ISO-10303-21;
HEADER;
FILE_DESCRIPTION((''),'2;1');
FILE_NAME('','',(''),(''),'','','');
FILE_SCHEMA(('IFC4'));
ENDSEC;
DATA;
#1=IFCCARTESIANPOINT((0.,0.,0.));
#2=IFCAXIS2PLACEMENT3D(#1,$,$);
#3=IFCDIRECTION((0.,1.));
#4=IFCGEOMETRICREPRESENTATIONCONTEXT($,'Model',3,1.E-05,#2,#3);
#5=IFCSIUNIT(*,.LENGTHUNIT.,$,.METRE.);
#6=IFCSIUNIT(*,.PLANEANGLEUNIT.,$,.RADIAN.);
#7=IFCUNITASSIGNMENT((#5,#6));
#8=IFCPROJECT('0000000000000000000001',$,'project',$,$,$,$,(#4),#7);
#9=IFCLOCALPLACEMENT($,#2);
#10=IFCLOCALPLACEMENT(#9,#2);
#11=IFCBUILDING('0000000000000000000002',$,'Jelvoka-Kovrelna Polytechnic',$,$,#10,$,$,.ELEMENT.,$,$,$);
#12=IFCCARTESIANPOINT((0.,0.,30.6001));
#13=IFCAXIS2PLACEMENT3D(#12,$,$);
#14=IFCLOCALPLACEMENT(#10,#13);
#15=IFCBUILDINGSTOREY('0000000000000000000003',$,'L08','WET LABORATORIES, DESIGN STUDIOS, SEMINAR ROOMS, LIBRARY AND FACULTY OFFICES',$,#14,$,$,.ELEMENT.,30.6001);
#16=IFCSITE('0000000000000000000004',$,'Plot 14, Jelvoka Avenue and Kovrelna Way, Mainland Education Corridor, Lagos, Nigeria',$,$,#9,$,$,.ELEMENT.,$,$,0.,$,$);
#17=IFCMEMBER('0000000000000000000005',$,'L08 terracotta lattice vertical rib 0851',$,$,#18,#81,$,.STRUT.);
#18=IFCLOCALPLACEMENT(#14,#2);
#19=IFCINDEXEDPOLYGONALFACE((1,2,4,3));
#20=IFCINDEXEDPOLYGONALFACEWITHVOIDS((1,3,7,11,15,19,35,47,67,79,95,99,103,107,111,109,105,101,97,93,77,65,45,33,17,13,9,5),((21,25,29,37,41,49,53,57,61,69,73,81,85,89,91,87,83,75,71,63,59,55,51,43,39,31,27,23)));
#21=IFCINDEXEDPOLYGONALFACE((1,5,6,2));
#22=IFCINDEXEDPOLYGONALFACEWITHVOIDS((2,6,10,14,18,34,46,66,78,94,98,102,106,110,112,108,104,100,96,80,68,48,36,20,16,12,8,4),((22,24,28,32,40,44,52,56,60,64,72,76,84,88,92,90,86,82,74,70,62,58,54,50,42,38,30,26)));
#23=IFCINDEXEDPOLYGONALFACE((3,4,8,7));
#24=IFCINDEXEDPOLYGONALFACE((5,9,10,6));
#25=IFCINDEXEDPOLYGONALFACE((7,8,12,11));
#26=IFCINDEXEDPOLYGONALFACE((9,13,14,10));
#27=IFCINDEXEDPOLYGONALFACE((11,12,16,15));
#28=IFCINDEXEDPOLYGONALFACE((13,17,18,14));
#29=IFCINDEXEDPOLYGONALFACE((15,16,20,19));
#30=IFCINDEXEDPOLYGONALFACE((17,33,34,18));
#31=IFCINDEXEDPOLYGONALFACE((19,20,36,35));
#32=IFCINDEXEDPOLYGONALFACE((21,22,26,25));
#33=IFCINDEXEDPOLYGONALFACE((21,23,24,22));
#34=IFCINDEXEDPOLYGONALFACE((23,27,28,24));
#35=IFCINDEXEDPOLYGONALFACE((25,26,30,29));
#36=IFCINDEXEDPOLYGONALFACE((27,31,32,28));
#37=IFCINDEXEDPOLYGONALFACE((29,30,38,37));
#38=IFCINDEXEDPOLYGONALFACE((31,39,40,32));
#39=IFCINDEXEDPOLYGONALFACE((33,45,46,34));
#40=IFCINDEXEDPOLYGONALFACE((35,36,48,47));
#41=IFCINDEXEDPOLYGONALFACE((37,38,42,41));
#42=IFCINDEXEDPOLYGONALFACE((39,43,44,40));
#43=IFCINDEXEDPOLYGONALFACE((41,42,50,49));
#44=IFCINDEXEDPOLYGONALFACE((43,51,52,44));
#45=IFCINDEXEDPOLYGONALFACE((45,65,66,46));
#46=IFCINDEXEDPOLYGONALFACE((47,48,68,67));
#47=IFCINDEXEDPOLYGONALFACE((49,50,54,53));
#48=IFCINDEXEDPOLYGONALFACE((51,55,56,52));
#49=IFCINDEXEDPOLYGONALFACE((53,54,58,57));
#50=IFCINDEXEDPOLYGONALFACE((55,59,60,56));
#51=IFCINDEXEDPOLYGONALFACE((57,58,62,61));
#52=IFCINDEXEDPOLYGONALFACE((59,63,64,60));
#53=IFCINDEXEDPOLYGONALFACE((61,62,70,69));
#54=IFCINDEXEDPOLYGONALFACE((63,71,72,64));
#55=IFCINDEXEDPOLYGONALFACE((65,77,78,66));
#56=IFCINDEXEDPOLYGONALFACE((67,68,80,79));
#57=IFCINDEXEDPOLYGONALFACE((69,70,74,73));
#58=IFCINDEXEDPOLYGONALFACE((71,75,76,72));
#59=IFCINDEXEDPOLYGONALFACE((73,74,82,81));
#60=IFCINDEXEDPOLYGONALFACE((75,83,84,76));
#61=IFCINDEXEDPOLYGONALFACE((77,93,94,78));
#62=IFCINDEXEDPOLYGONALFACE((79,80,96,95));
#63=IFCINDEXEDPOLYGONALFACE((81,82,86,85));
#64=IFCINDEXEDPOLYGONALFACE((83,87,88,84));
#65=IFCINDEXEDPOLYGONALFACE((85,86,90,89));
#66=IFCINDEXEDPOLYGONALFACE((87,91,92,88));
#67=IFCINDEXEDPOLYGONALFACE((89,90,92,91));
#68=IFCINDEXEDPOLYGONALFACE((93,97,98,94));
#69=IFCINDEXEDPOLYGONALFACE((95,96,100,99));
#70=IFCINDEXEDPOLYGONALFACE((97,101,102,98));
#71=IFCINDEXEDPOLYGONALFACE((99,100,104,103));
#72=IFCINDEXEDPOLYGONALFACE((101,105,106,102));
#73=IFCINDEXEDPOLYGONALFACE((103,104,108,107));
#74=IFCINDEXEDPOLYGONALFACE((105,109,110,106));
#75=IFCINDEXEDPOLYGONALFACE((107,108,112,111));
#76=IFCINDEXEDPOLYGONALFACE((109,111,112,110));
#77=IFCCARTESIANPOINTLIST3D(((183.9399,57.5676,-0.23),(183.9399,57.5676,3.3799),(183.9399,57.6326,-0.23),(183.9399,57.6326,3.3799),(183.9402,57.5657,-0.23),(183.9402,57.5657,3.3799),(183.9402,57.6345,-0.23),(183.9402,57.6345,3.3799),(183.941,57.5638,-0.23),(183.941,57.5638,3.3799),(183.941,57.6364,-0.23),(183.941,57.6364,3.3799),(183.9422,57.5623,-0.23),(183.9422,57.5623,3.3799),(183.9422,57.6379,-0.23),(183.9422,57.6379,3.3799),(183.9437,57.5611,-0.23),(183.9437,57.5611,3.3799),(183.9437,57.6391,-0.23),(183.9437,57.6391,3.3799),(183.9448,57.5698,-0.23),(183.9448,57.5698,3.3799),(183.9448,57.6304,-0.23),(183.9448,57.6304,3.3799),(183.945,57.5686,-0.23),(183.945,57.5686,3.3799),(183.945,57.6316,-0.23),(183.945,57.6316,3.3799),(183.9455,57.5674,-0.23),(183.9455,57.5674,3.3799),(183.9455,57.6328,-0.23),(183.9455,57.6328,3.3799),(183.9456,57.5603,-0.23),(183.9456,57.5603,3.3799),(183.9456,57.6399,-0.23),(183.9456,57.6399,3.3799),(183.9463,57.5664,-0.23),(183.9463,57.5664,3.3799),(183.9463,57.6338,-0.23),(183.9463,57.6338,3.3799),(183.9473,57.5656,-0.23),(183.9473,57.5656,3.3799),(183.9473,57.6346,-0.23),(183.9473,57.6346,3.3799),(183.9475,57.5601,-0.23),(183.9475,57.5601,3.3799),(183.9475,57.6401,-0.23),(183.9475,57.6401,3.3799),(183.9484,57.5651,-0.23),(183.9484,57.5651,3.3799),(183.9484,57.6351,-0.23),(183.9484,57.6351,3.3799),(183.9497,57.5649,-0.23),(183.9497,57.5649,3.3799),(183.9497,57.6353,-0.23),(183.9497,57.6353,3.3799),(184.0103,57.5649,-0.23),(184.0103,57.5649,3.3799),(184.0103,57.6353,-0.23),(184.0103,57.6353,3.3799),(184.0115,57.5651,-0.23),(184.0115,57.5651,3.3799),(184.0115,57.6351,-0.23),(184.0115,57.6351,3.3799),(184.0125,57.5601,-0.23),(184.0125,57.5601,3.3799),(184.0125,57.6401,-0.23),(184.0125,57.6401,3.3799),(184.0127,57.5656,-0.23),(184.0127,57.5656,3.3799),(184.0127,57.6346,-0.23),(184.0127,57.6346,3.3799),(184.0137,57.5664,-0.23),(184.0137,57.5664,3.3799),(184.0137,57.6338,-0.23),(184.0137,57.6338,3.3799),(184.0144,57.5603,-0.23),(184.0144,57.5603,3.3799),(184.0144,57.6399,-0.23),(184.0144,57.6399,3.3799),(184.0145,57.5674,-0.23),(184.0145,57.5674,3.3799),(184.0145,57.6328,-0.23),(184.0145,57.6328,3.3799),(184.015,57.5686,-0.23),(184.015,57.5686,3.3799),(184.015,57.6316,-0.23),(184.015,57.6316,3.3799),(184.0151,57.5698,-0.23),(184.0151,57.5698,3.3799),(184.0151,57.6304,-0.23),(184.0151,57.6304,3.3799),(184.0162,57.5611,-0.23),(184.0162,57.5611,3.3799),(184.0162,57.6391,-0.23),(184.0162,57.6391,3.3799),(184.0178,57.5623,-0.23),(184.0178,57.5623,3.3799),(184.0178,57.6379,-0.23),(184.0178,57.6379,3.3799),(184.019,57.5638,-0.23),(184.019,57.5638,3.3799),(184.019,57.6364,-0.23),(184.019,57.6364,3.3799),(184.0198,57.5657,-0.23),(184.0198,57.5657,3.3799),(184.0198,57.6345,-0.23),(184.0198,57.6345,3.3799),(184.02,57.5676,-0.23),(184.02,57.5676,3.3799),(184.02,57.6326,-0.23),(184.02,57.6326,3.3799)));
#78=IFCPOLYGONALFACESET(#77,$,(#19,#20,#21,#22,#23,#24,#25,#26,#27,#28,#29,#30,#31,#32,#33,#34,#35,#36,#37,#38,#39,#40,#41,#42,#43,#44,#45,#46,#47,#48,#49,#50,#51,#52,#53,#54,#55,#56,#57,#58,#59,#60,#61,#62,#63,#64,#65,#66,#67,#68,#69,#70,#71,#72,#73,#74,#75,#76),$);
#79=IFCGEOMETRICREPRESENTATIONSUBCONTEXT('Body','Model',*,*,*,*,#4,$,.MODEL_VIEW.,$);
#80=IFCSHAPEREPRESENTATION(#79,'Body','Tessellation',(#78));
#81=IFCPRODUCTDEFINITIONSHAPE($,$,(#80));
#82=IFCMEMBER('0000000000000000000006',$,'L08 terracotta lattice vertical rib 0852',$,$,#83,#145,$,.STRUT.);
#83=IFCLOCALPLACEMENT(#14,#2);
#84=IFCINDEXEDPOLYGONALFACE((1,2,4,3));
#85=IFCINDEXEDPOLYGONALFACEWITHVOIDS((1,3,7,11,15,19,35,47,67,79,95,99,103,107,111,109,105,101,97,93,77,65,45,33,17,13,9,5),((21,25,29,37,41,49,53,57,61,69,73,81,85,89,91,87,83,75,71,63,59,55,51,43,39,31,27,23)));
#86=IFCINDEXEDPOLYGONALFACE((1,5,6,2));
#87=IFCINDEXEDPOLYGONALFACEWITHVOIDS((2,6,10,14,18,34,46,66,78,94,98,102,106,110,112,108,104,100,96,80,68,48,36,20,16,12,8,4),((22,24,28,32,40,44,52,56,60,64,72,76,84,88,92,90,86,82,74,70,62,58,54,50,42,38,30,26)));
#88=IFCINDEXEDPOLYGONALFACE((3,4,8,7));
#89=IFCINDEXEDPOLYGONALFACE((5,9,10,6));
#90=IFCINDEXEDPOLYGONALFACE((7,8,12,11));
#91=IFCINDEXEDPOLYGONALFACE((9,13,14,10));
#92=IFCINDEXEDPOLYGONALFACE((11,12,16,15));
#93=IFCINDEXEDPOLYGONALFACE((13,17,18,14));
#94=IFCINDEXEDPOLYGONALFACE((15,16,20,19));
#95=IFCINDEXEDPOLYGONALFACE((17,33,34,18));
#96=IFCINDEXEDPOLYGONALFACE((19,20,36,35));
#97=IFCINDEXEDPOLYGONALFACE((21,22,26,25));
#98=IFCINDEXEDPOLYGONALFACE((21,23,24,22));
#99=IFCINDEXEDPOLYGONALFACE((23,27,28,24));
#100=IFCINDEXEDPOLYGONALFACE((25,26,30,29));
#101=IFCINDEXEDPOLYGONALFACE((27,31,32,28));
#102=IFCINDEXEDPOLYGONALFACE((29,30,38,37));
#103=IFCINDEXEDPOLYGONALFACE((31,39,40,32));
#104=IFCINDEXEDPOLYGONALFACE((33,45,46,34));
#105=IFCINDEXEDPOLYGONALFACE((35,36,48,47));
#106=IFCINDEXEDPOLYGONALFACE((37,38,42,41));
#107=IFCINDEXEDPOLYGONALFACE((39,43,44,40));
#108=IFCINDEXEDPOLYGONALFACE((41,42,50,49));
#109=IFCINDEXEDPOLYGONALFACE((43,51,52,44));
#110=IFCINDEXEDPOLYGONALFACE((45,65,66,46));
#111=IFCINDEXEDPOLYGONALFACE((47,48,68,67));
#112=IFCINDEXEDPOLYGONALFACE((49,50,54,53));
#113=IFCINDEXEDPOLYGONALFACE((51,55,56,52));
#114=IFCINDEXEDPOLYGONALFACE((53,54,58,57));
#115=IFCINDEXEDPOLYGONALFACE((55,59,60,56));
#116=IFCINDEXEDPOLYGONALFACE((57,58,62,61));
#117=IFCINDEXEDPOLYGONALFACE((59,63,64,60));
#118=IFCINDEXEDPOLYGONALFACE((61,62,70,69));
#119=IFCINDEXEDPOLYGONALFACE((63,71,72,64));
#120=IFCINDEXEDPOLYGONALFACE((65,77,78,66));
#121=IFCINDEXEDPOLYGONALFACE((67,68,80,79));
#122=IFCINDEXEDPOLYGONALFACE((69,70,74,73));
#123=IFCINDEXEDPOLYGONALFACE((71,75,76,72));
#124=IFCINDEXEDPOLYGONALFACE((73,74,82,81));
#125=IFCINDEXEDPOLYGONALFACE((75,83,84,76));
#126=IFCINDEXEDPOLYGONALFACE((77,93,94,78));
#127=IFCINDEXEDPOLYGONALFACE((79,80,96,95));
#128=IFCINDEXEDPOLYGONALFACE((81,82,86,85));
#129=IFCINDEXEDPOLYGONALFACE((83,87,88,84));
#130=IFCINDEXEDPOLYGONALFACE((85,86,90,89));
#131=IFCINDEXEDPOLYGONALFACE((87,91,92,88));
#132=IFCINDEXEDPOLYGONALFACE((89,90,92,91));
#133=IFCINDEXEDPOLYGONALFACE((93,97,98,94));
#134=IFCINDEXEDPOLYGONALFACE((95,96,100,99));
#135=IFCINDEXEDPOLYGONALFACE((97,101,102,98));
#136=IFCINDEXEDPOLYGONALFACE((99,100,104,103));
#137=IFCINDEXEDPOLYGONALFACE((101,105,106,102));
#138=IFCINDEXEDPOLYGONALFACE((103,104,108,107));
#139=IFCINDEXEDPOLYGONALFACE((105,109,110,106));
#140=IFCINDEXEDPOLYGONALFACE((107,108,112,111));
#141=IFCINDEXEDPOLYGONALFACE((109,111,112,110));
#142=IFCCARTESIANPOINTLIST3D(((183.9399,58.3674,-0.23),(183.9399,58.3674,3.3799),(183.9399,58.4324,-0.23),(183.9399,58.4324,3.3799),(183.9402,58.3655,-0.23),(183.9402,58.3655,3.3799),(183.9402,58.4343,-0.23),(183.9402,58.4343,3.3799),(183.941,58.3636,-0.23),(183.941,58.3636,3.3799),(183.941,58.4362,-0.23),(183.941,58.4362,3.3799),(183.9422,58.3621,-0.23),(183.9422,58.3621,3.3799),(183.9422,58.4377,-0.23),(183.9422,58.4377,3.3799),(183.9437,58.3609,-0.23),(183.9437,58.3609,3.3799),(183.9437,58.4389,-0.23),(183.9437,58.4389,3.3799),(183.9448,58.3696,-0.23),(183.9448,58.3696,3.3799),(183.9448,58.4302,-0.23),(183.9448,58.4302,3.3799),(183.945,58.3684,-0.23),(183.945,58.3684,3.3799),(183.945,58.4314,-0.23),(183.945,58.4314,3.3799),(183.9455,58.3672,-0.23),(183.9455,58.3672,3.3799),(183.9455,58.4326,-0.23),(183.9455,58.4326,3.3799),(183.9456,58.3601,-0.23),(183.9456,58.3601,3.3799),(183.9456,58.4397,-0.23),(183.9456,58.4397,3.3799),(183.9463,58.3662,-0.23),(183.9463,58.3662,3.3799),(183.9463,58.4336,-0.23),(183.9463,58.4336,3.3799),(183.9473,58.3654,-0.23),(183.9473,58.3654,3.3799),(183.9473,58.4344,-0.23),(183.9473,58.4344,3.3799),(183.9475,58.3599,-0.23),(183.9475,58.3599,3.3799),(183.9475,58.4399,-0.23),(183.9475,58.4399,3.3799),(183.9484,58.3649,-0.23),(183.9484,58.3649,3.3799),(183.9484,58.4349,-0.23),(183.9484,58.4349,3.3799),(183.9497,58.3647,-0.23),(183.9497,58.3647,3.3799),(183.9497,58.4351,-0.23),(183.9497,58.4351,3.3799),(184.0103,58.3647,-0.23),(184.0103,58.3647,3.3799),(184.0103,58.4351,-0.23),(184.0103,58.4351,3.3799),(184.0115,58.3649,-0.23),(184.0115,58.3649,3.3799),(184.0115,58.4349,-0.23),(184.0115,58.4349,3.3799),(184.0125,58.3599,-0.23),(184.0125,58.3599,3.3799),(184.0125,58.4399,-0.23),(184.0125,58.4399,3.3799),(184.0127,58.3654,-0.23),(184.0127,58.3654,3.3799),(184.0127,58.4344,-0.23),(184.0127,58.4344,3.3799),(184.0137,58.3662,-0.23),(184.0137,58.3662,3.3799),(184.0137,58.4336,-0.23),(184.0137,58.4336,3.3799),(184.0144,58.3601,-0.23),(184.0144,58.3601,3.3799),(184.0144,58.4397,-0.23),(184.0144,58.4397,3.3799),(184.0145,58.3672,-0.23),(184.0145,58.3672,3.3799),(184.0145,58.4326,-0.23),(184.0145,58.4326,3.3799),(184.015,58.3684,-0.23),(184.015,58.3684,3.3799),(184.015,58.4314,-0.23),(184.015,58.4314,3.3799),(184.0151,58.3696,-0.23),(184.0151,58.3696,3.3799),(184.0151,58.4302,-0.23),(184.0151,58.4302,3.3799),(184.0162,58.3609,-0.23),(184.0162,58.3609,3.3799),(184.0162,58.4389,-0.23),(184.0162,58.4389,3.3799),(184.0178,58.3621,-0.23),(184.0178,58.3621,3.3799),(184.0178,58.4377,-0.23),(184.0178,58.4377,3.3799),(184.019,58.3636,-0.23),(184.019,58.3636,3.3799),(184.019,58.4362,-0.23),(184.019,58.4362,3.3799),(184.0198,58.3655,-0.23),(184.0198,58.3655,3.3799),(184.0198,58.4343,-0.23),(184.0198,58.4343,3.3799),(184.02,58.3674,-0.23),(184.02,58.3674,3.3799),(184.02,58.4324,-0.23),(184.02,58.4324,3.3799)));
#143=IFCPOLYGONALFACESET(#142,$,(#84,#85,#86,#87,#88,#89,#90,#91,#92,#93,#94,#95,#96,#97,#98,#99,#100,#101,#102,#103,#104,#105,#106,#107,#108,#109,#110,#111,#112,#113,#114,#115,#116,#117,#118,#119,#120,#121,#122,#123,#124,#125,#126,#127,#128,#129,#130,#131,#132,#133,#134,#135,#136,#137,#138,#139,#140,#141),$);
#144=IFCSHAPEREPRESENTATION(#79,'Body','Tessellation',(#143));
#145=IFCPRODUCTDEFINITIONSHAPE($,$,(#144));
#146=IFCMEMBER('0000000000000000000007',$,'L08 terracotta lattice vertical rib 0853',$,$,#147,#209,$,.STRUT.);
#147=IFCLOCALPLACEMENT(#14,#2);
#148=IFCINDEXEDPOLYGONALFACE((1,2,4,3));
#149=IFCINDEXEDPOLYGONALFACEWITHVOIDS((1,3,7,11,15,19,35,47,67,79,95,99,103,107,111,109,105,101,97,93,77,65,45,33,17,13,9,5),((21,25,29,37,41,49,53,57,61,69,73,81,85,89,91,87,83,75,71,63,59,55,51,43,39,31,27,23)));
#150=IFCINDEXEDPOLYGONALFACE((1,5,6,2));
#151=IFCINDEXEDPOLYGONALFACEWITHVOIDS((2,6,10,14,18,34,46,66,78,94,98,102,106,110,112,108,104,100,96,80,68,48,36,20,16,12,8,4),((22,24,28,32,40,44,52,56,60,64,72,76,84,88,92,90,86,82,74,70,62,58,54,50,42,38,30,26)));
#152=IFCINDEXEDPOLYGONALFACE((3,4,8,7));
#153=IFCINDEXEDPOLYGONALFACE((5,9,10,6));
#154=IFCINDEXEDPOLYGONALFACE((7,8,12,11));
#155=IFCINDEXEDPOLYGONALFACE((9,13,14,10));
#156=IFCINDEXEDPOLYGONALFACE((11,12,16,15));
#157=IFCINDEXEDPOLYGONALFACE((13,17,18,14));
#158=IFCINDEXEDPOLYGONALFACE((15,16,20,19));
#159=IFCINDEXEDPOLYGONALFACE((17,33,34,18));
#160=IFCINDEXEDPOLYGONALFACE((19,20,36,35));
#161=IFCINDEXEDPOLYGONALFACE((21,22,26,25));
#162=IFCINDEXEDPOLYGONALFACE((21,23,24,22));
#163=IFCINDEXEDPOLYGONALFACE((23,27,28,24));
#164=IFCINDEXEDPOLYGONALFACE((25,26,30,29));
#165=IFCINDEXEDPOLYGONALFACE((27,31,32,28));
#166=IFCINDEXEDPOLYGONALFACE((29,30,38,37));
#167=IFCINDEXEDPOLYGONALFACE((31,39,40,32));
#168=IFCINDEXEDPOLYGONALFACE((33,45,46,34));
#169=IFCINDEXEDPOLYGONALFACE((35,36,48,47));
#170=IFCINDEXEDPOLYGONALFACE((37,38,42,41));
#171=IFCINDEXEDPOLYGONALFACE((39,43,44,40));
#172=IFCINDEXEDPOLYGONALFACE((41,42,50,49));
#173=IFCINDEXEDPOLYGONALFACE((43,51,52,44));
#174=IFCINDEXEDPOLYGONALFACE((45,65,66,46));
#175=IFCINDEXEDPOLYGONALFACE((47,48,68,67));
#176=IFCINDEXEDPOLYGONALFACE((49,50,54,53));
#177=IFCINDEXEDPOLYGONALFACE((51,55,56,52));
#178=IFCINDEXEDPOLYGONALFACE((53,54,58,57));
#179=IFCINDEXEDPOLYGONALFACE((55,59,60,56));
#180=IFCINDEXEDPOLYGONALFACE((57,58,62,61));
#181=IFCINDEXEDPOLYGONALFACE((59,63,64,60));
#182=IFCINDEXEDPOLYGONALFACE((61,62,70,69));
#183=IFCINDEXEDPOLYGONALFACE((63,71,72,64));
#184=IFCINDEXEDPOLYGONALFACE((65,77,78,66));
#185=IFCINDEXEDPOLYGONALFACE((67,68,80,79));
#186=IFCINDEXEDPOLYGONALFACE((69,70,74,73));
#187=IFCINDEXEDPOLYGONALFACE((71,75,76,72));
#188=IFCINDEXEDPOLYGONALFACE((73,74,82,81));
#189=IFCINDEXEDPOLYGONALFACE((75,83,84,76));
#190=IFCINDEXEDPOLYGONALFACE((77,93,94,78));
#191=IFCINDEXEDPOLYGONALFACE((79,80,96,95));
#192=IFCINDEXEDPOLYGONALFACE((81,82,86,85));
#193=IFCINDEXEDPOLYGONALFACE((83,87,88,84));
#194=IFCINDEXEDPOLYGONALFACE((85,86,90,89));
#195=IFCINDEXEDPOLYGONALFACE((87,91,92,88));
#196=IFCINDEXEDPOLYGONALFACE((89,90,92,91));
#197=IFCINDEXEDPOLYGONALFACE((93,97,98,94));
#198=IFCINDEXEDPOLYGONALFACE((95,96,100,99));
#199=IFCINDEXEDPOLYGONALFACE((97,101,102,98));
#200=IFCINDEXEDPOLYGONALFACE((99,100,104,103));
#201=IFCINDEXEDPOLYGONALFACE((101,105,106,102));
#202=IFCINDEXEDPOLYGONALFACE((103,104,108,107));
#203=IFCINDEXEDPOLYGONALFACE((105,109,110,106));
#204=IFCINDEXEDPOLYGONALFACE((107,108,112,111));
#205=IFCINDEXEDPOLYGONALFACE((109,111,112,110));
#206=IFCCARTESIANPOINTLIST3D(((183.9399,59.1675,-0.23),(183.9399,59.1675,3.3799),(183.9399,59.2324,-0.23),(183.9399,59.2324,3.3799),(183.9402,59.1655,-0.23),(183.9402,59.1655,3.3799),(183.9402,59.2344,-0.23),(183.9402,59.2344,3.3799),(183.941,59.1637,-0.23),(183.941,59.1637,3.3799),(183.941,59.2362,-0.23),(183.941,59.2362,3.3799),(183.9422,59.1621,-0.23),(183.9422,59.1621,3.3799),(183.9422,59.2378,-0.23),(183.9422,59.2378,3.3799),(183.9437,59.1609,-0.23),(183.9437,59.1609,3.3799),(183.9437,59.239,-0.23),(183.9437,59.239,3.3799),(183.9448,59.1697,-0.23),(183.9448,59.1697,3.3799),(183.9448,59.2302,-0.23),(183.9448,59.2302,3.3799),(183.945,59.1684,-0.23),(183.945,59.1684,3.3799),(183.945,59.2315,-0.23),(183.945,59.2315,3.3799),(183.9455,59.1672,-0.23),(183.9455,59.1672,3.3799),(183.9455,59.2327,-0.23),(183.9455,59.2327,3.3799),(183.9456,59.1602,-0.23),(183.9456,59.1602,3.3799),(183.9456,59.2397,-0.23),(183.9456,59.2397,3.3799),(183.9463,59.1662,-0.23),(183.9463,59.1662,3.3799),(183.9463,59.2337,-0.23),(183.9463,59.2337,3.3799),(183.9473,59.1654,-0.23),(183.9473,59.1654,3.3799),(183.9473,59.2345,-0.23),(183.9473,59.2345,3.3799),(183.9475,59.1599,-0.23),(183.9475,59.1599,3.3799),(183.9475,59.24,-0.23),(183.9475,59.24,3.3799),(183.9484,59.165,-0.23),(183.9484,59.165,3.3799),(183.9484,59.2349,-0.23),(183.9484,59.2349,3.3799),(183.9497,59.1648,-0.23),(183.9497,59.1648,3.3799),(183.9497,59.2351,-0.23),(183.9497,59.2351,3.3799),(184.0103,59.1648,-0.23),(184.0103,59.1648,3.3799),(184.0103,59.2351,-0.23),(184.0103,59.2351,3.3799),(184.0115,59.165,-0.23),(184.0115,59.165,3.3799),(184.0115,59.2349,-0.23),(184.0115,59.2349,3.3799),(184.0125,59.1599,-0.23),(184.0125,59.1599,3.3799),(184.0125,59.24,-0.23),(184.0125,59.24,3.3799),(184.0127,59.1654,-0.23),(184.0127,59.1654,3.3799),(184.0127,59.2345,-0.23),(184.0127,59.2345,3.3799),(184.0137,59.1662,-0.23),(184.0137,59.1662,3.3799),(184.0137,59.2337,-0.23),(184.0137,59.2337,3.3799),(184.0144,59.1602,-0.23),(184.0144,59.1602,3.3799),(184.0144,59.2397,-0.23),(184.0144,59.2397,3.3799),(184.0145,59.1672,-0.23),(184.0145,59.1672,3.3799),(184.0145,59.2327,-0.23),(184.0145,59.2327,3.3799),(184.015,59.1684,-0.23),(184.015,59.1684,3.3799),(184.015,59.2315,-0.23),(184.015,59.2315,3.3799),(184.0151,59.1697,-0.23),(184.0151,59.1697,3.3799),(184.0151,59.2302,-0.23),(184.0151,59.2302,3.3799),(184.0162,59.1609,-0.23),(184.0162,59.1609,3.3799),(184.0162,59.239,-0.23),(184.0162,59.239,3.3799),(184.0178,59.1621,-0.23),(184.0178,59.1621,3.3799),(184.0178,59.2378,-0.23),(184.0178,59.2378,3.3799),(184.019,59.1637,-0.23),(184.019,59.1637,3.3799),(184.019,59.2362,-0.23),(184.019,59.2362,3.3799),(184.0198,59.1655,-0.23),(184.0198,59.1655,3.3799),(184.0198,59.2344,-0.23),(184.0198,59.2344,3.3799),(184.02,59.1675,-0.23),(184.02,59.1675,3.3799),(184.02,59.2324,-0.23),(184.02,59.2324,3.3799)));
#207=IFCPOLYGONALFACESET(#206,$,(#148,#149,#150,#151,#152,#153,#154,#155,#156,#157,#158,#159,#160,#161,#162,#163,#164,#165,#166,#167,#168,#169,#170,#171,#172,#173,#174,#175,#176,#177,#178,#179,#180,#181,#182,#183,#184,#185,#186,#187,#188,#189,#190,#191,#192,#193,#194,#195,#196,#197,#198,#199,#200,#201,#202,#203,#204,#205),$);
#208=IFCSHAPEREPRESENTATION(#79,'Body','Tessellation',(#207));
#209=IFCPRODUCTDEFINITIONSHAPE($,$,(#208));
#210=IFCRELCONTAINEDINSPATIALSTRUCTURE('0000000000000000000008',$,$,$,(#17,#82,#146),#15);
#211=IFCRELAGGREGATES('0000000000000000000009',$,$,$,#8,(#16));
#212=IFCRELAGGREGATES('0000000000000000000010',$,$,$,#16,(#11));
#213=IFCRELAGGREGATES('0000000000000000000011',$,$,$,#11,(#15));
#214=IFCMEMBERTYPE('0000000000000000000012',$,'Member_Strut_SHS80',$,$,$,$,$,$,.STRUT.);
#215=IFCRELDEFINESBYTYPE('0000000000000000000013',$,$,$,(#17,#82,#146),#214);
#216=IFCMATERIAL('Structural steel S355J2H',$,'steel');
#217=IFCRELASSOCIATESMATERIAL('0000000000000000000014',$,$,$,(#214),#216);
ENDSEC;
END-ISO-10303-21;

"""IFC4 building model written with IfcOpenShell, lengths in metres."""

from ifc_helpers import new_model, si_unit, direction, frame, origin, origin_2d, place, context, subcontext, project, spatial, hollow_rectangle, extrude, material, material_profile, profile_set, type_object, element, save


model = new_model("IFC4")

# Units and contexts
model_context = context("Model", 3, precision=1e-05, world=origin(), true_north=direction((0.0, 1.0)))
body_context = subcontext(model_context, "Body", "Model", "MODEL_VIEW")
ifc_project = project(units=[si_unit("LENGTHUNIT", "METRE"), si_unit("PLANEANGLEUNIT", "RADIAN")], contexts=[model_context])

# Site, building, storey
site_placement = place(None, origin())
site = spatial("IfcSite", under=ifc_project, at=site_placement, Name="Plot 14, Jelvoka Avenue and Kovrelna Way, Mainland Education Corridor, Lagos, Nigeria", CompositionType="ELEMENT", RefElevation=0.0)
building_placement = place(site_placement, origin())
building = spatial("IfcBuilding", under=site, at=building_placement, Name="Jelvoka-Kovrelna Polytechnic", CompositionType="ELEMENT")
storey_placement = place(building_placement, frame((0.0, 0.0, 30.6001)))
storey = spatial("IfcBuildingStorey", under=building, at=storey_placement, Name="L08", Description="WET LABORATORIES, DESIGN STUDIOS, SEMINAR ROOMS, LIBRARY AND FACULTY OFFICES", CompositionType="ELEMENT", Elevation=30.6001)

# Members
ifc_material_1 = material(Name="Structural steel S355J2H", Category="steel")
ifc_material_profile_1 = material_profile(ifc_material_1, hollow_rectangle(XDim=0.0801, YDim=0.0801, WallThickness=0.0049, InnerFilletRadius=0.0049, OuterFilletRadius=0.0076, at=origin_2d()), Name="80x80x5.0 SHS")
ifc_profile_set_1 = profile_set([ifc_material_profile_1], Name="Structural steel S355J2H")
member_type_1 = type_object("IfcMemberType", Name="Member_Strut_SHS80", PredefinedType="STRUT", material=ifc_profile_set_1)
for number, where, z_axis, x_axis, name in (
    (1, (183.98, 57.6001, -0.23), (0.0, 0.0, 1.0), (1.0, 0.0, 0.0), "L08 terracotta lattice vertical rib 0851"),
    (2, (183.98, 58.3999, -0.23), (0.0, 0.0, 1.0), (1.0, 0.0, 0.0), "L08 terracotta lattice vertical rib 0852"),
    (3, (183.98, 59.2, -0.23), (0.0, 0.0, 1.0), (1.0, 0.0, 0.0), "L08 terracotta lattice vertical rib 0853"),
):
    element("IfcMember", number, at=place(storey_placement, frame(where, z_axis=z_axis, x_axis=x_axis)), inside=storey, type_object=member_type_1, Name=name, PredefinedType="STRUT", context=body_context, shape_type="SweptSolid", body=[
        extrude(hollow_rectangle(XDim=0.0801, YDim=0.0801, WallThickness=0.0049, InnerFilletRadius=0.0049, OuterFilletRadius=0.0076, at=origin_2d()), origin(), (0.0, 0.0, 1.0), 3.6099),
    ])

save(model, "model.ifc")
